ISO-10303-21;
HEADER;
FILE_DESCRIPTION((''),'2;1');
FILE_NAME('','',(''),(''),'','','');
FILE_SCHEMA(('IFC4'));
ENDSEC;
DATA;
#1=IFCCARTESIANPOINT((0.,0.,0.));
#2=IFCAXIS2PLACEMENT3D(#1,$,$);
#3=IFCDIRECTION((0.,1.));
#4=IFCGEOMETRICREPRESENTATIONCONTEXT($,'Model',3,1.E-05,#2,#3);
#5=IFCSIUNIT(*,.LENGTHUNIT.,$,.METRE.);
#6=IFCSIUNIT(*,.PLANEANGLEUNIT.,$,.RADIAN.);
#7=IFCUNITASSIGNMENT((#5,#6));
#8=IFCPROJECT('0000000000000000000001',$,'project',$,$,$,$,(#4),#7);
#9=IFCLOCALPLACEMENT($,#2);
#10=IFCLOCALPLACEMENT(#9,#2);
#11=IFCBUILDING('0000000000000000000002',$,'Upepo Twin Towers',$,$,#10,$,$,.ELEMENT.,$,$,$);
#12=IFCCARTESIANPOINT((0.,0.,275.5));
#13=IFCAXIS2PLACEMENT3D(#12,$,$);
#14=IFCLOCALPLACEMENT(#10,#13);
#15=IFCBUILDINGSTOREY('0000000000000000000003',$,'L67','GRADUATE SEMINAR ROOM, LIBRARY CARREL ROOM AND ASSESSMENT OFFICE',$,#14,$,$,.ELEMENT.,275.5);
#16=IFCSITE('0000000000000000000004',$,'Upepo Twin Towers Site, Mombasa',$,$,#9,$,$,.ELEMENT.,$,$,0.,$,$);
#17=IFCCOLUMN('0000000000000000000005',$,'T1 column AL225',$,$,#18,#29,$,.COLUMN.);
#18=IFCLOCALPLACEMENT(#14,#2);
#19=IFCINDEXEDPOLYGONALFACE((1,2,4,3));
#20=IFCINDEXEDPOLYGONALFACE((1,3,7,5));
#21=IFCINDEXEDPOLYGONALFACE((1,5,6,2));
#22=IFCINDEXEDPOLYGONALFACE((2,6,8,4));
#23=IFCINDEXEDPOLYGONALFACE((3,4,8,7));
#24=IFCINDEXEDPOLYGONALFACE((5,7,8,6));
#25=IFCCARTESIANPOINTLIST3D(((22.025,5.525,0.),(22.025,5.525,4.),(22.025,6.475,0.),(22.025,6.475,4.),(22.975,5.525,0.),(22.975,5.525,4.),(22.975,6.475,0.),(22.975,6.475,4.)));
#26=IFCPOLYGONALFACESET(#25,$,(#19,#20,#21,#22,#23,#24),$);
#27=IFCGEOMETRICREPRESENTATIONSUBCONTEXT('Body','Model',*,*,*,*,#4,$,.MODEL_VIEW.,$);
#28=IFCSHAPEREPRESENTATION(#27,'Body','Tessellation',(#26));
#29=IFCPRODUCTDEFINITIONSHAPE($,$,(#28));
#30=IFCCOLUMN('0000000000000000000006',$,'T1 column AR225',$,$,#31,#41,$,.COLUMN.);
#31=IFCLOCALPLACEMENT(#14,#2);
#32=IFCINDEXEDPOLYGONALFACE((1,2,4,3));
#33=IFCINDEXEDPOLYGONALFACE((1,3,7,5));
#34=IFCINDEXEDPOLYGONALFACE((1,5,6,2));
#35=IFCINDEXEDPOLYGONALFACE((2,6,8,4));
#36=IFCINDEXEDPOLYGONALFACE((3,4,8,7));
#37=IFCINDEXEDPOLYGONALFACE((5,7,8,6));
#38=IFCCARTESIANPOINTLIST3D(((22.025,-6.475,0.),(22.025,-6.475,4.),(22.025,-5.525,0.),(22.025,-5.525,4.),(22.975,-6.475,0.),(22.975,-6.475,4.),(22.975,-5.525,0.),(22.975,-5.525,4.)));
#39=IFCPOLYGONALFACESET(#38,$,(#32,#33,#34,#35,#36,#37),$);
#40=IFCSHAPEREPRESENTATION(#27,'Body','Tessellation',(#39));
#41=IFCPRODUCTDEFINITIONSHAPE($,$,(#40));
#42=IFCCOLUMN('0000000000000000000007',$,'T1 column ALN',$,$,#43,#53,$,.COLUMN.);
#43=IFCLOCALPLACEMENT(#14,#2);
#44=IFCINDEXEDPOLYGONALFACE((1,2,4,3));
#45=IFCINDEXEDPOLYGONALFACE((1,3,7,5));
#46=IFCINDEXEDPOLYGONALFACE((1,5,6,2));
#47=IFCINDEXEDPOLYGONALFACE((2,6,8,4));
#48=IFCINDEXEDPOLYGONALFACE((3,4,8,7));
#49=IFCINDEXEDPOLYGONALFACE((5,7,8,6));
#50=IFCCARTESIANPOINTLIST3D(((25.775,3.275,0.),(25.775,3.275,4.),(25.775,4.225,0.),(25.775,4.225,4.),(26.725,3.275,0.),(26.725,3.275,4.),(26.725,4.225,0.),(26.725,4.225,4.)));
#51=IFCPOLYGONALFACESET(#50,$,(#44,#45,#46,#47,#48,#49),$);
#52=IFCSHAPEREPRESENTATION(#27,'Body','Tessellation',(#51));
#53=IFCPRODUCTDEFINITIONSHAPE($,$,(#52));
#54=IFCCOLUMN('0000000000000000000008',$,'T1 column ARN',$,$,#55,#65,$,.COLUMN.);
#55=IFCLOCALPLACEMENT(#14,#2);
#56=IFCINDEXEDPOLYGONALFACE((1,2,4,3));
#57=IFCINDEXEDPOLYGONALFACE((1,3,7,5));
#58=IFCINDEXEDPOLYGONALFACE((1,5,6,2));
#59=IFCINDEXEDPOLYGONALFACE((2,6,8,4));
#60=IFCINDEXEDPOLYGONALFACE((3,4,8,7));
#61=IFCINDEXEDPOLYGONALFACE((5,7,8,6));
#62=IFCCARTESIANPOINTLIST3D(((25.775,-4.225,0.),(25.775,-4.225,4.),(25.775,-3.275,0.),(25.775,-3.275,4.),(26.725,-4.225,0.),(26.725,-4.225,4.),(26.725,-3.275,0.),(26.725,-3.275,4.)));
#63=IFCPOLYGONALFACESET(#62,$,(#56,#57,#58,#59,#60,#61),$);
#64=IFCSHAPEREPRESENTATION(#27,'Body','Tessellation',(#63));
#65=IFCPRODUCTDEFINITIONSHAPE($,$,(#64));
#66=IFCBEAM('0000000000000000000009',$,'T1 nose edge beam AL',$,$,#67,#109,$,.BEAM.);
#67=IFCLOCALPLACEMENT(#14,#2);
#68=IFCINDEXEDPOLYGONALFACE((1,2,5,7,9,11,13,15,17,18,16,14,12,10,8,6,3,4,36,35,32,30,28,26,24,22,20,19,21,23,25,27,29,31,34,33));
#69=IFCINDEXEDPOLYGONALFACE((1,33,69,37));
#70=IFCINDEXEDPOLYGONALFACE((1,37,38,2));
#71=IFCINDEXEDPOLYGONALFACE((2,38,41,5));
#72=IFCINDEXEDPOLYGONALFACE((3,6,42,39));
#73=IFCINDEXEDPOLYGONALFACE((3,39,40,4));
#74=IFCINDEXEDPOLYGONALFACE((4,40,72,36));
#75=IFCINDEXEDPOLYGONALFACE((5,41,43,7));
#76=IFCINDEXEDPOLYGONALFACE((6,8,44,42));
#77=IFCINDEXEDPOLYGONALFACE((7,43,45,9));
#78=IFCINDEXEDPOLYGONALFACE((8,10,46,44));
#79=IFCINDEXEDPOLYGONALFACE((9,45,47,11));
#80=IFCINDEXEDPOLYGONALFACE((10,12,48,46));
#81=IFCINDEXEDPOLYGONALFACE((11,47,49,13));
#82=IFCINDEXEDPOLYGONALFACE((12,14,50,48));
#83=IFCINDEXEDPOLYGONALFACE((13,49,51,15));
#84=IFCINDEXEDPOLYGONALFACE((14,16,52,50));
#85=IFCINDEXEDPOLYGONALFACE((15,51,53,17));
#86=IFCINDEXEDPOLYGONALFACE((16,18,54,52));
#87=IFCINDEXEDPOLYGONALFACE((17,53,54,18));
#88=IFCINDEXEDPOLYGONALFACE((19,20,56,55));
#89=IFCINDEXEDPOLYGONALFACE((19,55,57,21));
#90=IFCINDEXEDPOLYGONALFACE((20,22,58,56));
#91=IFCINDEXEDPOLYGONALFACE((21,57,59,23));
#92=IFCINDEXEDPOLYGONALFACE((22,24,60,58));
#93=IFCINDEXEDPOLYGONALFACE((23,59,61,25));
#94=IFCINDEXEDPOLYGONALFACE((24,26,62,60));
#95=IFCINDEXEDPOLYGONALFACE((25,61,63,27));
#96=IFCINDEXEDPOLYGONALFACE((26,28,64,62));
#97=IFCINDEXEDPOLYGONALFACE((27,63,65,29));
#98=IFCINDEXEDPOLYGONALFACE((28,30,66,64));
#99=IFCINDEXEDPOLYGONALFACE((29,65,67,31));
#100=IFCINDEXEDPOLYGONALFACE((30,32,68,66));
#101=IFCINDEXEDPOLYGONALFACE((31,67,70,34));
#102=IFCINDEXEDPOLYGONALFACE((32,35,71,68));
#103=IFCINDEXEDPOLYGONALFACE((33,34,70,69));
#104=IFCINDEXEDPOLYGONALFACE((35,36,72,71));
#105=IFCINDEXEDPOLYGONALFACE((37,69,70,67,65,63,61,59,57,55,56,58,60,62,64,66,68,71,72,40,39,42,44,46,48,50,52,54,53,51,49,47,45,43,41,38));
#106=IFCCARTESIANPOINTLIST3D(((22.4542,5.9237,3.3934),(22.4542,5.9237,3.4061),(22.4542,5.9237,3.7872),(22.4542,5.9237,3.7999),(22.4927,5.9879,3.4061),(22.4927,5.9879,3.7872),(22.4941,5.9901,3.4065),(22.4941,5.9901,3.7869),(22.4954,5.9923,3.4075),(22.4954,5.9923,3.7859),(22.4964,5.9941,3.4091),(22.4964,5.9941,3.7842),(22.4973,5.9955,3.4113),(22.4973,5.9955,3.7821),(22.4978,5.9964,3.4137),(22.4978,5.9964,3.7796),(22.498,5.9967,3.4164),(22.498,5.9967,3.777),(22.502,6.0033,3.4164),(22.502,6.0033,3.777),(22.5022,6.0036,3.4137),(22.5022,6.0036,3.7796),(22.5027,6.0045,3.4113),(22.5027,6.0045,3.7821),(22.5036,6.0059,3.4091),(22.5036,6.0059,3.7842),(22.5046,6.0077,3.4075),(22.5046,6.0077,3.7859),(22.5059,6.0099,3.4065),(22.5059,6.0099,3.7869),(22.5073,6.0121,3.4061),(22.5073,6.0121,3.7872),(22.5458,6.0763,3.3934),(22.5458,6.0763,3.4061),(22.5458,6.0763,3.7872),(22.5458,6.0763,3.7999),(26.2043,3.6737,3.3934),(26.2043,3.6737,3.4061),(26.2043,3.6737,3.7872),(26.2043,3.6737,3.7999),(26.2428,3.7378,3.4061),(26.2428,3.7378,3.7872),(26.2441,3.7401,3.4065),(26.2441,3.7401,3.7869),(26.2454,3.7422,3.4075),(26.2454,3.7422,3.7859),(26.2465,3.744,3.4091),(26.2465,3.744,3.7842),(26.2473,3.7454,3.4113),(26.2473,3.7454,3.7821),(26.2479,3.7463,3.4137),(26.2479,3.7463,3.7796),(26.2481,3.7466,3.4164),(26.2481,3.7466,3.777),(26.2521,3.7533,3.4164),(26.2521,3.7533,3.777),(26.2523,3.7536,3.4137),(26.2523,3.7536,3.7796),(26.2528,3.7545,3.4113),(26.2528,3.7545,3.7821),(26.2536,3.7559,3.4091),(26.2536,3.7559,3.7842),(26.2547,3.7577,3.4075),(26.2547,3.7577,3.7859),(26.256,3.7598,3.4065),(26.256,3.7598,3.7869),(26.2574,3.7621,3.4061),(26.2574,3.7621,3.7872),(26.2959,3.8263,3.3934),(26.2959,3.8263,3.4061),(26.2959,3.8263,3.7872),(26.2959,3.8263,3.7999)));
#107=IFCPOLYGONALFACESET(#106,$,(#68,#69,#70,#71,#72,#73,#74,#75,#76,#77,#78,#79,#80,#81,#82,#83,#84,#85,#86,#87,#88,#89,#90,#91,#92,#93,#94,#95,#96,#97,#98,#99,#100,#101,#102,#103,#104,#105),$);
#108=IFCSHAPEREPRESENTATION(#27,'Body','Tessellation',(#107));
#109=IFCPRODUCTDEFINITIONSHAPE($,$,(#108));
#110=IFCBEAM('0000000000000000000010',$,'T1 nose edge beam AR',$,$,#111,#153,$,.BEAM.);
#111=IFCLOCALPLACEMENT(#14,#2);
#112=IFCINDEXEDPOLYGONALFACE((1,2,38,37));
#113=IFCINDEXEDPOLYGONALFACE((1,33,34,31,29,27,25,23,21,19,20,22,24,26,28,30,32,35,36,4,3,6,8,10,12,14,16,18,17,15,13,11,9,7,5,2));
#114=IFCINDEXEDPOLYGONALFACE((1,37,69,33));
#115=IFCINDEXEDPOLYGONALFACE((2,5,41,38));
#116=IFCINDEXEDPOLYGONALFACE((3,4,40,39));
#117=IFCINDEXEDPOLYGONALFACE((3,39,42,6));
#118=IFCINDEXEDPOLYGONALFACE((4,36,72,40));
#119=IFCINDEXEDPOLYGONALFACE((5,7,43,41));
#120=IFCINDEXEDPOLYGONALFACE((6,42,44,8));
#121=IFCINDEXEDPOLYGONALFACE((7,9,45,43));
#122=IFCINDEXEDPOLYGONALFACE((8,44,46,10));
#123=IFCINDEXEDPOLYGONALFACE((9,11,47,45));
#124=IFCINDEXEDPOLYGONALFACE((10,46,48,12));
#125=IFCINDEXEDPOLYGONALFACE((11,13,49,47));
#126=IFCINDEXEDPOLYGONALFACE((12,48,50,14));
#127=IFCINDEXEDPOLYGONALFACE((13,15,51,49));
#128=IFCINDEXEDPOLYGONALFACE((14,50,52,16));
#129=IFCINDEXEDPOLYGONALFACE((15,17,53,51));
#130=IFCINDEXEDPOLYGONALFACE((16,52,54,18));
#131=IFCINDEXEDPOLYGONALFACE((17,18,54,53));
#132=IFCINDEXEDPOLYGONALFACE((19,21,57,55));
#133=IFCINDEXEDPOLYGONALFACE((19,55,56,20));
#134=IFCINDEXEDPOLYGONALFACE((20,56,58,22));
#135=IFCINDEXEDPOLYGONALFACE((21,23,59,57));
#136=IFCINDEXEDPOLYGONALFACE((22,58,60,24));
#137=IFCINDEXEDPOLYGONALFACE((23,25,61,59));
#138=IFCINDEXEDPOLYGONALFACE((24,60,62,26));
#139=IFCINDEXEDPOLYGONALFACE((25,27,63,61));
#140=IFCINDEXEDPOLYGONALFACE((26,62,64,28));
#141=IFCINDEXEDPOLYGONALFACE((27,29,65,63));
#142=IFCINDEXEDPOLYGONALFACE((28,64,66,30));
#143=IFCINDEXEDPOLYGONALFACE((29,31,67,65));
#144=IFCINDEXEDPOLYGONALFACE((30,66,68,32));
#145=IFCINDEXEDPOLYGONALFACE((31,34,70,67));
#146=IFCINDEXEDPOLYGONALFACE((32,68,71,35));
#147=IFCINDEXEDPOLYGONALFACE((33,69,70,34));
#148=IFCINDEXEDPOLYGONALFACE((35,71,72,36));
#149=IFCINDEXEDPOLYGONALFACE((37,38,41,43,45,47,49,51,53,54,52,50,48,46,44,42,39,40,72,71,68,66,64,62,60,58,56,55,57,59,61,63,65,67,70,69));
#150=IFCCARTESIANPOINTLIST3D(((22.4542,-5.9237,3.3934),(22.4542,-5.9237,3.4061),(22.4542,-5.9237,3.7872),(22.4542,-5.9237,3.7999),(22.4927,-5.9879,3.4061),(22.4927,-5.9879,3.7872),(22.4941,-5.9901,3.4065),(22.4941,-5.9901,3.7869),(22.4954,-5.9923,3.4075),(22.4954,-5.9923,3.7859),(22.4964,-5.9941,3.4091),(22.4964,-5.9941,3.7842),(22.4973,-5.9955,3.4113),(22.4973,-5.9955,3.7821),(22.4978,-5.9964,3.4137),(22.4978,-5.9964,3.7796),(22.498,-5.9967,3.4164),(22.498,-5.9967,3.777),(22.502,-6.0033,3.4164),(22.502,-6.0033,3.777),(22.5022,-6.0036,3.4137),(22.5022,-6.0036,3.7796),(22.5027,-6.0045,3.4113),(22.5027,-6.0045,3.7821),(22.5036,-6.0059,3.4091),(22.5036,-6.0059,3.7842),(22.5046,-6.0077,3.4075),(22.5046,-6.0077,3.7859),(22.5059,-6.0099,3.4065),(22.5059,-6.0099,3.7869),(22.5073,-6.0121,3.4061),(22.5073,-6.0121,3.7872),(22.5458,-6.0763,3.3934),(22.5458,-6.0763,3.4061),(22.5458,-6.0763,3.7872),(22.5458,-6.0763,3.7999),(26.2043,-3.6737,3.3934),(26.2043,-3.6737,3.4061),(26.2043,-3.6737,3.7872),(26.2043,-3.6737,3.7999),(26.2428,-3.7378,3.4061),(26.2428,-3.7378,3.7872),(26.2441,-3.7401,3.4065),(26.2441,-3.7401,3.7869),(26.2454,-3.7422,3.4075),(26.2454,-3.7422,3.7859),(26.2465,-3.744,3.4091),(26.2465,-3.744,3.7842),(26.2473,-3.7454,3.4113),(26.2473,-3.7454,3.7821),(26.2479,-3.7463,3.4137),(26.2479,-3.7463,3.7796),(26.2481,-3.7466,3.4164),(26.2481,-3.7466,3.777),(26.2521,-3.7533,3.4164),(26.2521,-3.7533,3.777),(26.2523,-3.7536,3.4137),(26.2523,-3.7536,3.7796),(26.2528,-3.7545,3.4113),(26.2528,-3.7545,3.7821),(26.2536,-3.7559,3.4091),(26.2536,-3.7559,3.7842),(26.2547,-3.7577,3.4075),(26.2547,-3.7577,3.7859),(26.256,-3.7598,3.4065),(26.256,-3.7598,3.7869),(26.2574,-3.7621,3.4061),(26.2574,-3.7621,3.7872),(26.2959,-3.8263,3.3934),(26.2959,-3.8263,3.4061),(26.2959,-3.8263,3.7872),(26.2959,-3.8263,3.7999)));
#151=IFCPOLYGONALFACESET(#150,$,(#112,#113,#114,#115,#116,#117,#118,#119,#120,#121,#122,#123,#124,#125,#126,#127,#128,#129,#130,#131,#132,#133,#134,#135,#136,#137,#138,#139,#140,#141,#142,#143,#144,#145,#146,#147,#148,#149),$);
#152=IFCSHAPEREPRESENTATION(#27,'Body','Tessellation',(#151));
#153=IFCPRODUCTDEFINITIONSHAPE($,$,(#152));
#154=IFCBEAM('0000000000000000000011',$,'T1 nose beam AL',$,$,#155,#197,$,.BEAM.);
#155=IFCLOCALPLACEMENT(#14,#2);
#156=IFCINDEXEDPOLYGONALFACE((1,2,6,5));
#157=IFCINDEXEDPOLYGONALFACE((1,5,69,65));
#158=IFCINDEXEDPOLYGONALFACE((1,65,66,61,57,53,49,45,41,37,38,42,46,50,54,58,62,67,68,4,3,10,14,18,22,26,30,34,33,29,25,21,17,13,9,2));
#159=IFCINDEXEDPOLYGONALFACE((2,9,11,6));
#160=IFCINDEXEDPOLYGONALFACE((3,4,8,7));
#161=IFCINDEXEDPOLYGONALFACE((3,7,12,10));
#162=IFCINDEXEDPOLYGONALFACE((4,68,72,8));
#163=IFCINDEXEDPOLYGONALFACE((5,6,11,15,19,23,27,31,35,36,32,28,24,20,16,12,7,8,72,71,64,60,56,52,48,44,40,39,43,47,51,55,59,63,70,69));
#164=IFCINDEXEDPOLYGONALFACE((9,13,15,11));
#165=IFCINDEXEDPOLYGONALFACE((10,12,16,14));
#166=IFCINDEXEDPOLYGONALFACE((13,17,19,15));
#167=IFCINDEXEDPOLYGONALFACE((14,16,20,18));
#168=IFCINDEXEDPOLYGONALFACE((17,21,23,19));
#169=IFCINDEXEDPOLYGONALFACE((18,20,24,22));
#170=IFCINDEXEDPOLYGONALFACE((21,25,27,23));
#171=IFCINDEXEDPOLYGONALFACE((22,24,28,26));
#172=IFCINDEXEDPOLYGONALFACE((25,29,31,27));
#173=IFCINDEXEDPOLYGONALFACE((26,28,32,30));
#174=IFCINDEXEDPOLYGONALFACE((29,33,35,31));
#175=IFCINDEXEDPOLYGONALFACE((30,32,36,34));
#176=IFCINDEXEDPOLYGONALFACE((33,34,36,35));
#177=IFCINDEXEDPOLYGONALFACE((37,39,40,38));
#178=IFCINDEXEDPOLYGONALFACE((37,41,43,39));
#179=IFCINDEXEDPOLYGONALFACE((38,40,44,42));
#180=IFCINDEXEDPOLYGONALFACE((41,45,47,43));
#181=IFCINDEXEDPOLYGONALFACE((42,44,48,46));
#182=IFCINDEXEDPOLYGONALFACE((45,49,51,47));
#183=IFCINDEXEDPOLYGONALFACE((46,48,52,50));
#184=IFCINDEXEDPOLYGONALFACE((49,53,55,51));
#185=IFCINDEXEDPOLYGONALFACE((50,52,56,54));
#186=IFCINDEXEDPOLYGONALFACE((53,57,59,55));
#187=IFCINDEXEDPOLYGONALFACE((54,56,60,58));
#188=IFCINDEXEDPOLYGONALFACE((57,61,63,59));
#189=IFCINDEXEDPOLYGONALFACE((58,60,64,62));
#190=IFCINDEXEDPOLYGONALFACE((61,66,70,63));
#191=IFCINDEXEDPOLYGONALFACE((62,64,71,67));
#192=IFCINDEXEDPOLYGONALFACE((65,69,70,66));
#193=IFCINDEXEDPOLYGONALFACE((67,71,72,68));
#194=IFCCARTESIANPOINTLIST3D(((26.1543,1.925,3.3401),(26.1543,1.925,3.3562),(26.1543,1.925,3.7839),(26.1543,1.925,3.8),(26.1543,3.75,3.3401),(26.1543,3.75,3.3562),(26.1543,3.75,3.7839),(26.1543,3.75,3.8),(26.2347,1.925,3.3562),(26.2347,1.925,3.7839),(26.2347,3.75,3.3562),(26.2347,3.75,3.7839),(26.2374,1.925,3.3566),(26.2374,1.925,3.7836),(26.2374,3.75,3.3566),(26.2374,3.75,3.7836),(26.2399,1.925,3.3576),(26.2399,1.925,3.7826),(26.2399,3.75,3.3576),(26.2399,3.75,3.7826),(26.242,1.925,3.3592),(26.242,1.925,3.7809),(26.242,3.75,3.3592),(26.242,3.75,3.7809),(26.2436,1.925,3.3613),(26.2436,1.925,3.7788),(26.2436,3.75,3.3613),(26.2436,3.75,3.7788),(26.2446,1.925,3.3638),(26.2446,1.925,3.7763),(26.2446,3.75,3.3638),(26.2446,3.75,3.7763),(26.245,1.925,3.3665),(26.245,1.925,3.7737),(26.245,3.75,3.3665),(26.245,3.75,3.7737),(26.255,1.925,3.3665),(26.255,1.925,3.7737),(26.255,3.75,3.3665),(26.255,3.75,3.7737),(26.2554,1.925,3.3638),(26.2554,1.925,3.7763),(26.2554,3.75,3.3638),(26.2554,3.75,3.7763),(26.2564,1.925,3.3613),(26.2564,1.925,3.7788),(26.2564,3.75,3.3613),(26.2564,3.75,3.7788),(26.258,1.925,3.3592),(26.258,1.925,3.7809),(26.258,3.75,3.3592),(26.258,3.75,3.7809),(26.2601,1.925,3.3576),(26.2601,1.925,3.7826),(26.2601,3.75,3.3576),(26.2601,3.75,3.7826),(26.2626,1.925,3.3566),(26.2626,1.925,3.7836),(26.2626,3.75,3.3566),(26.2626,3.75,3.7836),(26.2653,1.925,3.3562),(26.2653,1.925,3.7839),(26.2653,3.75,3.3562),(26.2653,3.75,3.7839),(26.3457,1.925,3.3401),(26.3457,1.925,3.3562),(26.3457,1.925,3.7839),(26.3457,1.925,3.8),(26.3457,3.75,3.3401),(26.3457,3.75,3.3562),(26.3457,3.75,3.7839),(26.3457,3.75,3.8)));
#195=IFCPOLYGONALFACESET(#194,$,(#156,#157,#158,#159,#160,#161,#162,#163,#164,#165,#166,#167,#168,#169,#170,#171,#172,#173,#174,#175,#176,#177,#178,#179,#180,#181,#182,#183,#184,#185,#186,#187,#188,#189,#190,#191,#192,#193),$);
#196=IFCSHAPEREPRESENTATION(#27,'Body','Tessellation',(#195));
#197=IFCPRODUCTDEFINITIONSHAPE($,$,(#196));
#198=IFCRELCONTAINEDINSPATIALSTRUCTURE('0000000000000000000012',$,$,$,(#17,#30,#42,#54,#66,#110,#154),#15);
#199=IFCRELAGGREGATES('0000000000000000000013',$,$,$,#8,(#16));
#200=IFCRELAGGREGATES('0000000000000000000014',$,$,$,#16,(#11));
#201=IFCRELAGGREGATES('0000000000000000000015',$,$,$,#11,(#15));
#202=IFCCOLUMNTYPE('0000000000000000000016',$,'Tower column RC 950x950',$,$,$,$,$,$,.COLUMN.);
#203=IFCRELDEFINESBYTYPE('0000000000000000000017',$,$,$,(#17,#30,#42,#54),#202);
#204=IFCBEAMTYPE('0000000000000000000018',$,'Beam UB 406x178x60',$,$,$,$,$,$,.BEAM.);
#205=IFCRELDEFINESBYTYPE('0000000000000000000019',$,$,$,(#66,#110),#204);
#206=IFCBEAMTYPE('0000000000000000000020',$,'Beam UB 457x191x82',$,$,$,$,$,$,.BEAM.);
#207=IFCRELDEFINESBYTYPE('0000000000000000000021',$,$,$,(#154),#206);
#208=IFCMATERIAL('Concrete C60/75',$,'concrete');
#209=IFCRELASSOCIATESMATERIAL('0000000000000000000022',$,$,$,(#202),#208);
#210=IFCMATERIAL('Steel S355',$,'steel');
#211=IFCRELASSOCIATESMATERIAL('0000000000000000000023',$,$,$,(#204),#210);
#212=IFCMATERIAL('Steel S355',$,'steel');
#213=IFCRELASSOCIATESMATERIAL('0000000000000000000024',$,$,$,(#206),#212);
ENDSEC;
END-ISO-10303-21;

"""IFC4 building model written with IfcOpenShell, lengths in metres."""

from ifc_helpers import new_model, si_unit, direction, frame, origin, origin_2d, place, context, subcontext, project, spatial, rectangle, i_section, extrude, material, material_profile, profile_set, type_object, element, save


model = new_model("IFC4")

# Units and contexts
model_context = context("Model", 3, precision=1e-05, world=origin(), true_north=direction((0.0, 1.0)))
body_context = subcontext(model_context, "Body", "Model", "MODEL_VIEW")
ifc_project = project(units=[si_unit("LENGTHUNIT", "METRE"), si_unit("PLANEANGLEUNIT", "RADIAN")], contexts=[model_context])

# Site, building, storey
site_placement = place(None, origin())
site = spatial("IfcSite", under=ifc_project, at=site_placement, Name="Upepo Twin Towers Site, Mombasa", CompositionType="ELEMENT", RefElevation=0.0)
building_placement = place(site_placement, origin())
building = spatial("IfcBuilding", under=site, at=building_placement, Name="Upepo Twin Towers", CompositionType="ELEMENT")
storey_placement = place(building_placement, frame((0.0, 0.0, 275.5)))
storey = spatial("IfcBuildingStorey", under=building, at=storey_placement, Name="L67", Description="GRADUATE SEMINAR ROOM, LIBRARY CARREL ROOM AND ASSESSMENT OFFICE", CompositionType="ELEMENT", Elevation=275.5)

# Columns
ifc_material_1 = material(Name="Concrete C60/75", Category="concrete")
ifc_material_profile_1 = material_profile(ifc_material_1, rectangle(XDim=0.95, YDim=0.95, at=origin_2d()), Name="RC 950x950")
ifc_profile_set_1 = profile_set([ifc_material_profile_1], Name="Concrete C60/75")
column_type = type_object("IfcColumnType", Name="Tower column RC 950x950", PredefinedType="COLUMN", material=ifc_profile_set_1)
for number, where, z_axis, x_axis, name in (
    (1, (22.5, 6.0, 0.0), (0.0, 0.0, 1.0), (1.0, 0.0, 0.0), "T1 column AL225"),
    (2, (22.5, -6.0, 0.0), (0.0, 0.0, 1.0), (1.0, 0.0, 0.0), "T1 column AR225"),
    (3, (26.25, 3.75, 0.0), (0.0, 0.0, 1.0), (1.0, 0.0, 0.0), "T1 column ALN"),
    (4, (26.25, -3.75, 0.0), (0.0, 0.0, 1.0), (1.0, 0.0, 0.0), "T1 column ARN"),
):
    element("IfcColumn", number, at=place(storey_placement, frame(where, z_axis=z_axis, x_axis=x_axis)), inside=storey, type_object=column_type, Name=name, PredefinedType="COLUMN", context=body_context, shape_type="SweptSolid", body=[
        extrude(rectangle(XDim=0.95, YDim=0.95, at=origin_2d()), origin(), (0.0, 0.0, 1.0), 4.0),
    ])

# Beams
ifc_material_2 = material(Name="Steel S355", Category="steel")
ifc_material_profile_2 = material_profile(ifc_material_2, i_section(OverallWidth=0.178, OverallDepth=0.4065, WebThickness=0.0078, FlangeThickness=0.0127, FilletRadius=0.0103, at=origin_2d()), Name="UB 406x178x60")
ifc_profile_set_2 = profile_set([ifc_material_profile_2], Name="Steel S355")
beam_type_1 = type_object("IfcBeamType", Name="Beam UB 406x178x60", PredefinedType="BEAM", material=ifc_profile_set_2)
for number, where, z_axis, x_axis, name in (
    (5, (22.5, 6.0, 3.5967), (0.857493, -0.514496, 0.0), (0.514496, 0.857493, 0.0), "T1 nose edge beam AL"),
    (6, (22.5, -6.0, 3.5967), (0.857493, 0.514496, 0.0), (-0.514496, 0.857493, 0.0), "T1 nose edge beam AR"),
):
    element("IfcBeam", number, at=place(storey_placement, frame(where, z_axis=z_axis, x_axis=x_axis)), inside=storey, type_object=beam_type_1, Name=name, PredefinedType="BEAM", context=body_context, shape_type="SweptSolid", body=[
        extrude(i_section(OverallWidth=0.178, OverallDepth=0.4065, WebThickness=0.0078, FlangeThickness=0.0127, FilletRadius=0.0103, at=origin_2d()), origin(), (0.0, 0.0, 1.0), 4.3733),
    ])
ifc_material_3 = material(Name="Steel S355", Category="steel")
ifc_material_profile_3 = material_profile(ifc_material_3, i_section(OverallWidth=0.1914, OverallDepth=0.46, WebThickness=0.01, FlangeThickness=0.0161, FilletRadius=0.0103, at=origin_2d()), Name="UB 457x191x82")
ifc_profile_set_3 = profile_set([ifc_material_profile_3], Name="Steel S355")
beam_type_2 = type_object("IfcBeamType", Name="Beam UB 457x191x82", PredefinedType="BEAM", material=ifc_profile_set_3)
for number, where, z_axis, x_axis, name in (
    (7, (26.25, 3.75, 3.5701), (0.0, -1.0, 0.0), (1.0, 0.0, 0.0), "T1 nose beam AL"),
):
    element("IfcBeam", number, at=place(storey_placement, frame(where, z_axis=z_axis, x_axis=x_axis)), inside=storey, type_object=beam_type_2, Name=name, PredefinedType="BEAM", context=body_context, shape_type="SweptSolid", body=[
        extrude(i_section(OverallWidth=0.1914, OverallDepth=0.46, WebThickness=0.01, FlangeThickness=0.0161, FilletRadius=0.0103, at=origin_2d()), origin(), (0.0, 0.0, 1.0), 1.825),
    ])

save(model, "model.ifc")
